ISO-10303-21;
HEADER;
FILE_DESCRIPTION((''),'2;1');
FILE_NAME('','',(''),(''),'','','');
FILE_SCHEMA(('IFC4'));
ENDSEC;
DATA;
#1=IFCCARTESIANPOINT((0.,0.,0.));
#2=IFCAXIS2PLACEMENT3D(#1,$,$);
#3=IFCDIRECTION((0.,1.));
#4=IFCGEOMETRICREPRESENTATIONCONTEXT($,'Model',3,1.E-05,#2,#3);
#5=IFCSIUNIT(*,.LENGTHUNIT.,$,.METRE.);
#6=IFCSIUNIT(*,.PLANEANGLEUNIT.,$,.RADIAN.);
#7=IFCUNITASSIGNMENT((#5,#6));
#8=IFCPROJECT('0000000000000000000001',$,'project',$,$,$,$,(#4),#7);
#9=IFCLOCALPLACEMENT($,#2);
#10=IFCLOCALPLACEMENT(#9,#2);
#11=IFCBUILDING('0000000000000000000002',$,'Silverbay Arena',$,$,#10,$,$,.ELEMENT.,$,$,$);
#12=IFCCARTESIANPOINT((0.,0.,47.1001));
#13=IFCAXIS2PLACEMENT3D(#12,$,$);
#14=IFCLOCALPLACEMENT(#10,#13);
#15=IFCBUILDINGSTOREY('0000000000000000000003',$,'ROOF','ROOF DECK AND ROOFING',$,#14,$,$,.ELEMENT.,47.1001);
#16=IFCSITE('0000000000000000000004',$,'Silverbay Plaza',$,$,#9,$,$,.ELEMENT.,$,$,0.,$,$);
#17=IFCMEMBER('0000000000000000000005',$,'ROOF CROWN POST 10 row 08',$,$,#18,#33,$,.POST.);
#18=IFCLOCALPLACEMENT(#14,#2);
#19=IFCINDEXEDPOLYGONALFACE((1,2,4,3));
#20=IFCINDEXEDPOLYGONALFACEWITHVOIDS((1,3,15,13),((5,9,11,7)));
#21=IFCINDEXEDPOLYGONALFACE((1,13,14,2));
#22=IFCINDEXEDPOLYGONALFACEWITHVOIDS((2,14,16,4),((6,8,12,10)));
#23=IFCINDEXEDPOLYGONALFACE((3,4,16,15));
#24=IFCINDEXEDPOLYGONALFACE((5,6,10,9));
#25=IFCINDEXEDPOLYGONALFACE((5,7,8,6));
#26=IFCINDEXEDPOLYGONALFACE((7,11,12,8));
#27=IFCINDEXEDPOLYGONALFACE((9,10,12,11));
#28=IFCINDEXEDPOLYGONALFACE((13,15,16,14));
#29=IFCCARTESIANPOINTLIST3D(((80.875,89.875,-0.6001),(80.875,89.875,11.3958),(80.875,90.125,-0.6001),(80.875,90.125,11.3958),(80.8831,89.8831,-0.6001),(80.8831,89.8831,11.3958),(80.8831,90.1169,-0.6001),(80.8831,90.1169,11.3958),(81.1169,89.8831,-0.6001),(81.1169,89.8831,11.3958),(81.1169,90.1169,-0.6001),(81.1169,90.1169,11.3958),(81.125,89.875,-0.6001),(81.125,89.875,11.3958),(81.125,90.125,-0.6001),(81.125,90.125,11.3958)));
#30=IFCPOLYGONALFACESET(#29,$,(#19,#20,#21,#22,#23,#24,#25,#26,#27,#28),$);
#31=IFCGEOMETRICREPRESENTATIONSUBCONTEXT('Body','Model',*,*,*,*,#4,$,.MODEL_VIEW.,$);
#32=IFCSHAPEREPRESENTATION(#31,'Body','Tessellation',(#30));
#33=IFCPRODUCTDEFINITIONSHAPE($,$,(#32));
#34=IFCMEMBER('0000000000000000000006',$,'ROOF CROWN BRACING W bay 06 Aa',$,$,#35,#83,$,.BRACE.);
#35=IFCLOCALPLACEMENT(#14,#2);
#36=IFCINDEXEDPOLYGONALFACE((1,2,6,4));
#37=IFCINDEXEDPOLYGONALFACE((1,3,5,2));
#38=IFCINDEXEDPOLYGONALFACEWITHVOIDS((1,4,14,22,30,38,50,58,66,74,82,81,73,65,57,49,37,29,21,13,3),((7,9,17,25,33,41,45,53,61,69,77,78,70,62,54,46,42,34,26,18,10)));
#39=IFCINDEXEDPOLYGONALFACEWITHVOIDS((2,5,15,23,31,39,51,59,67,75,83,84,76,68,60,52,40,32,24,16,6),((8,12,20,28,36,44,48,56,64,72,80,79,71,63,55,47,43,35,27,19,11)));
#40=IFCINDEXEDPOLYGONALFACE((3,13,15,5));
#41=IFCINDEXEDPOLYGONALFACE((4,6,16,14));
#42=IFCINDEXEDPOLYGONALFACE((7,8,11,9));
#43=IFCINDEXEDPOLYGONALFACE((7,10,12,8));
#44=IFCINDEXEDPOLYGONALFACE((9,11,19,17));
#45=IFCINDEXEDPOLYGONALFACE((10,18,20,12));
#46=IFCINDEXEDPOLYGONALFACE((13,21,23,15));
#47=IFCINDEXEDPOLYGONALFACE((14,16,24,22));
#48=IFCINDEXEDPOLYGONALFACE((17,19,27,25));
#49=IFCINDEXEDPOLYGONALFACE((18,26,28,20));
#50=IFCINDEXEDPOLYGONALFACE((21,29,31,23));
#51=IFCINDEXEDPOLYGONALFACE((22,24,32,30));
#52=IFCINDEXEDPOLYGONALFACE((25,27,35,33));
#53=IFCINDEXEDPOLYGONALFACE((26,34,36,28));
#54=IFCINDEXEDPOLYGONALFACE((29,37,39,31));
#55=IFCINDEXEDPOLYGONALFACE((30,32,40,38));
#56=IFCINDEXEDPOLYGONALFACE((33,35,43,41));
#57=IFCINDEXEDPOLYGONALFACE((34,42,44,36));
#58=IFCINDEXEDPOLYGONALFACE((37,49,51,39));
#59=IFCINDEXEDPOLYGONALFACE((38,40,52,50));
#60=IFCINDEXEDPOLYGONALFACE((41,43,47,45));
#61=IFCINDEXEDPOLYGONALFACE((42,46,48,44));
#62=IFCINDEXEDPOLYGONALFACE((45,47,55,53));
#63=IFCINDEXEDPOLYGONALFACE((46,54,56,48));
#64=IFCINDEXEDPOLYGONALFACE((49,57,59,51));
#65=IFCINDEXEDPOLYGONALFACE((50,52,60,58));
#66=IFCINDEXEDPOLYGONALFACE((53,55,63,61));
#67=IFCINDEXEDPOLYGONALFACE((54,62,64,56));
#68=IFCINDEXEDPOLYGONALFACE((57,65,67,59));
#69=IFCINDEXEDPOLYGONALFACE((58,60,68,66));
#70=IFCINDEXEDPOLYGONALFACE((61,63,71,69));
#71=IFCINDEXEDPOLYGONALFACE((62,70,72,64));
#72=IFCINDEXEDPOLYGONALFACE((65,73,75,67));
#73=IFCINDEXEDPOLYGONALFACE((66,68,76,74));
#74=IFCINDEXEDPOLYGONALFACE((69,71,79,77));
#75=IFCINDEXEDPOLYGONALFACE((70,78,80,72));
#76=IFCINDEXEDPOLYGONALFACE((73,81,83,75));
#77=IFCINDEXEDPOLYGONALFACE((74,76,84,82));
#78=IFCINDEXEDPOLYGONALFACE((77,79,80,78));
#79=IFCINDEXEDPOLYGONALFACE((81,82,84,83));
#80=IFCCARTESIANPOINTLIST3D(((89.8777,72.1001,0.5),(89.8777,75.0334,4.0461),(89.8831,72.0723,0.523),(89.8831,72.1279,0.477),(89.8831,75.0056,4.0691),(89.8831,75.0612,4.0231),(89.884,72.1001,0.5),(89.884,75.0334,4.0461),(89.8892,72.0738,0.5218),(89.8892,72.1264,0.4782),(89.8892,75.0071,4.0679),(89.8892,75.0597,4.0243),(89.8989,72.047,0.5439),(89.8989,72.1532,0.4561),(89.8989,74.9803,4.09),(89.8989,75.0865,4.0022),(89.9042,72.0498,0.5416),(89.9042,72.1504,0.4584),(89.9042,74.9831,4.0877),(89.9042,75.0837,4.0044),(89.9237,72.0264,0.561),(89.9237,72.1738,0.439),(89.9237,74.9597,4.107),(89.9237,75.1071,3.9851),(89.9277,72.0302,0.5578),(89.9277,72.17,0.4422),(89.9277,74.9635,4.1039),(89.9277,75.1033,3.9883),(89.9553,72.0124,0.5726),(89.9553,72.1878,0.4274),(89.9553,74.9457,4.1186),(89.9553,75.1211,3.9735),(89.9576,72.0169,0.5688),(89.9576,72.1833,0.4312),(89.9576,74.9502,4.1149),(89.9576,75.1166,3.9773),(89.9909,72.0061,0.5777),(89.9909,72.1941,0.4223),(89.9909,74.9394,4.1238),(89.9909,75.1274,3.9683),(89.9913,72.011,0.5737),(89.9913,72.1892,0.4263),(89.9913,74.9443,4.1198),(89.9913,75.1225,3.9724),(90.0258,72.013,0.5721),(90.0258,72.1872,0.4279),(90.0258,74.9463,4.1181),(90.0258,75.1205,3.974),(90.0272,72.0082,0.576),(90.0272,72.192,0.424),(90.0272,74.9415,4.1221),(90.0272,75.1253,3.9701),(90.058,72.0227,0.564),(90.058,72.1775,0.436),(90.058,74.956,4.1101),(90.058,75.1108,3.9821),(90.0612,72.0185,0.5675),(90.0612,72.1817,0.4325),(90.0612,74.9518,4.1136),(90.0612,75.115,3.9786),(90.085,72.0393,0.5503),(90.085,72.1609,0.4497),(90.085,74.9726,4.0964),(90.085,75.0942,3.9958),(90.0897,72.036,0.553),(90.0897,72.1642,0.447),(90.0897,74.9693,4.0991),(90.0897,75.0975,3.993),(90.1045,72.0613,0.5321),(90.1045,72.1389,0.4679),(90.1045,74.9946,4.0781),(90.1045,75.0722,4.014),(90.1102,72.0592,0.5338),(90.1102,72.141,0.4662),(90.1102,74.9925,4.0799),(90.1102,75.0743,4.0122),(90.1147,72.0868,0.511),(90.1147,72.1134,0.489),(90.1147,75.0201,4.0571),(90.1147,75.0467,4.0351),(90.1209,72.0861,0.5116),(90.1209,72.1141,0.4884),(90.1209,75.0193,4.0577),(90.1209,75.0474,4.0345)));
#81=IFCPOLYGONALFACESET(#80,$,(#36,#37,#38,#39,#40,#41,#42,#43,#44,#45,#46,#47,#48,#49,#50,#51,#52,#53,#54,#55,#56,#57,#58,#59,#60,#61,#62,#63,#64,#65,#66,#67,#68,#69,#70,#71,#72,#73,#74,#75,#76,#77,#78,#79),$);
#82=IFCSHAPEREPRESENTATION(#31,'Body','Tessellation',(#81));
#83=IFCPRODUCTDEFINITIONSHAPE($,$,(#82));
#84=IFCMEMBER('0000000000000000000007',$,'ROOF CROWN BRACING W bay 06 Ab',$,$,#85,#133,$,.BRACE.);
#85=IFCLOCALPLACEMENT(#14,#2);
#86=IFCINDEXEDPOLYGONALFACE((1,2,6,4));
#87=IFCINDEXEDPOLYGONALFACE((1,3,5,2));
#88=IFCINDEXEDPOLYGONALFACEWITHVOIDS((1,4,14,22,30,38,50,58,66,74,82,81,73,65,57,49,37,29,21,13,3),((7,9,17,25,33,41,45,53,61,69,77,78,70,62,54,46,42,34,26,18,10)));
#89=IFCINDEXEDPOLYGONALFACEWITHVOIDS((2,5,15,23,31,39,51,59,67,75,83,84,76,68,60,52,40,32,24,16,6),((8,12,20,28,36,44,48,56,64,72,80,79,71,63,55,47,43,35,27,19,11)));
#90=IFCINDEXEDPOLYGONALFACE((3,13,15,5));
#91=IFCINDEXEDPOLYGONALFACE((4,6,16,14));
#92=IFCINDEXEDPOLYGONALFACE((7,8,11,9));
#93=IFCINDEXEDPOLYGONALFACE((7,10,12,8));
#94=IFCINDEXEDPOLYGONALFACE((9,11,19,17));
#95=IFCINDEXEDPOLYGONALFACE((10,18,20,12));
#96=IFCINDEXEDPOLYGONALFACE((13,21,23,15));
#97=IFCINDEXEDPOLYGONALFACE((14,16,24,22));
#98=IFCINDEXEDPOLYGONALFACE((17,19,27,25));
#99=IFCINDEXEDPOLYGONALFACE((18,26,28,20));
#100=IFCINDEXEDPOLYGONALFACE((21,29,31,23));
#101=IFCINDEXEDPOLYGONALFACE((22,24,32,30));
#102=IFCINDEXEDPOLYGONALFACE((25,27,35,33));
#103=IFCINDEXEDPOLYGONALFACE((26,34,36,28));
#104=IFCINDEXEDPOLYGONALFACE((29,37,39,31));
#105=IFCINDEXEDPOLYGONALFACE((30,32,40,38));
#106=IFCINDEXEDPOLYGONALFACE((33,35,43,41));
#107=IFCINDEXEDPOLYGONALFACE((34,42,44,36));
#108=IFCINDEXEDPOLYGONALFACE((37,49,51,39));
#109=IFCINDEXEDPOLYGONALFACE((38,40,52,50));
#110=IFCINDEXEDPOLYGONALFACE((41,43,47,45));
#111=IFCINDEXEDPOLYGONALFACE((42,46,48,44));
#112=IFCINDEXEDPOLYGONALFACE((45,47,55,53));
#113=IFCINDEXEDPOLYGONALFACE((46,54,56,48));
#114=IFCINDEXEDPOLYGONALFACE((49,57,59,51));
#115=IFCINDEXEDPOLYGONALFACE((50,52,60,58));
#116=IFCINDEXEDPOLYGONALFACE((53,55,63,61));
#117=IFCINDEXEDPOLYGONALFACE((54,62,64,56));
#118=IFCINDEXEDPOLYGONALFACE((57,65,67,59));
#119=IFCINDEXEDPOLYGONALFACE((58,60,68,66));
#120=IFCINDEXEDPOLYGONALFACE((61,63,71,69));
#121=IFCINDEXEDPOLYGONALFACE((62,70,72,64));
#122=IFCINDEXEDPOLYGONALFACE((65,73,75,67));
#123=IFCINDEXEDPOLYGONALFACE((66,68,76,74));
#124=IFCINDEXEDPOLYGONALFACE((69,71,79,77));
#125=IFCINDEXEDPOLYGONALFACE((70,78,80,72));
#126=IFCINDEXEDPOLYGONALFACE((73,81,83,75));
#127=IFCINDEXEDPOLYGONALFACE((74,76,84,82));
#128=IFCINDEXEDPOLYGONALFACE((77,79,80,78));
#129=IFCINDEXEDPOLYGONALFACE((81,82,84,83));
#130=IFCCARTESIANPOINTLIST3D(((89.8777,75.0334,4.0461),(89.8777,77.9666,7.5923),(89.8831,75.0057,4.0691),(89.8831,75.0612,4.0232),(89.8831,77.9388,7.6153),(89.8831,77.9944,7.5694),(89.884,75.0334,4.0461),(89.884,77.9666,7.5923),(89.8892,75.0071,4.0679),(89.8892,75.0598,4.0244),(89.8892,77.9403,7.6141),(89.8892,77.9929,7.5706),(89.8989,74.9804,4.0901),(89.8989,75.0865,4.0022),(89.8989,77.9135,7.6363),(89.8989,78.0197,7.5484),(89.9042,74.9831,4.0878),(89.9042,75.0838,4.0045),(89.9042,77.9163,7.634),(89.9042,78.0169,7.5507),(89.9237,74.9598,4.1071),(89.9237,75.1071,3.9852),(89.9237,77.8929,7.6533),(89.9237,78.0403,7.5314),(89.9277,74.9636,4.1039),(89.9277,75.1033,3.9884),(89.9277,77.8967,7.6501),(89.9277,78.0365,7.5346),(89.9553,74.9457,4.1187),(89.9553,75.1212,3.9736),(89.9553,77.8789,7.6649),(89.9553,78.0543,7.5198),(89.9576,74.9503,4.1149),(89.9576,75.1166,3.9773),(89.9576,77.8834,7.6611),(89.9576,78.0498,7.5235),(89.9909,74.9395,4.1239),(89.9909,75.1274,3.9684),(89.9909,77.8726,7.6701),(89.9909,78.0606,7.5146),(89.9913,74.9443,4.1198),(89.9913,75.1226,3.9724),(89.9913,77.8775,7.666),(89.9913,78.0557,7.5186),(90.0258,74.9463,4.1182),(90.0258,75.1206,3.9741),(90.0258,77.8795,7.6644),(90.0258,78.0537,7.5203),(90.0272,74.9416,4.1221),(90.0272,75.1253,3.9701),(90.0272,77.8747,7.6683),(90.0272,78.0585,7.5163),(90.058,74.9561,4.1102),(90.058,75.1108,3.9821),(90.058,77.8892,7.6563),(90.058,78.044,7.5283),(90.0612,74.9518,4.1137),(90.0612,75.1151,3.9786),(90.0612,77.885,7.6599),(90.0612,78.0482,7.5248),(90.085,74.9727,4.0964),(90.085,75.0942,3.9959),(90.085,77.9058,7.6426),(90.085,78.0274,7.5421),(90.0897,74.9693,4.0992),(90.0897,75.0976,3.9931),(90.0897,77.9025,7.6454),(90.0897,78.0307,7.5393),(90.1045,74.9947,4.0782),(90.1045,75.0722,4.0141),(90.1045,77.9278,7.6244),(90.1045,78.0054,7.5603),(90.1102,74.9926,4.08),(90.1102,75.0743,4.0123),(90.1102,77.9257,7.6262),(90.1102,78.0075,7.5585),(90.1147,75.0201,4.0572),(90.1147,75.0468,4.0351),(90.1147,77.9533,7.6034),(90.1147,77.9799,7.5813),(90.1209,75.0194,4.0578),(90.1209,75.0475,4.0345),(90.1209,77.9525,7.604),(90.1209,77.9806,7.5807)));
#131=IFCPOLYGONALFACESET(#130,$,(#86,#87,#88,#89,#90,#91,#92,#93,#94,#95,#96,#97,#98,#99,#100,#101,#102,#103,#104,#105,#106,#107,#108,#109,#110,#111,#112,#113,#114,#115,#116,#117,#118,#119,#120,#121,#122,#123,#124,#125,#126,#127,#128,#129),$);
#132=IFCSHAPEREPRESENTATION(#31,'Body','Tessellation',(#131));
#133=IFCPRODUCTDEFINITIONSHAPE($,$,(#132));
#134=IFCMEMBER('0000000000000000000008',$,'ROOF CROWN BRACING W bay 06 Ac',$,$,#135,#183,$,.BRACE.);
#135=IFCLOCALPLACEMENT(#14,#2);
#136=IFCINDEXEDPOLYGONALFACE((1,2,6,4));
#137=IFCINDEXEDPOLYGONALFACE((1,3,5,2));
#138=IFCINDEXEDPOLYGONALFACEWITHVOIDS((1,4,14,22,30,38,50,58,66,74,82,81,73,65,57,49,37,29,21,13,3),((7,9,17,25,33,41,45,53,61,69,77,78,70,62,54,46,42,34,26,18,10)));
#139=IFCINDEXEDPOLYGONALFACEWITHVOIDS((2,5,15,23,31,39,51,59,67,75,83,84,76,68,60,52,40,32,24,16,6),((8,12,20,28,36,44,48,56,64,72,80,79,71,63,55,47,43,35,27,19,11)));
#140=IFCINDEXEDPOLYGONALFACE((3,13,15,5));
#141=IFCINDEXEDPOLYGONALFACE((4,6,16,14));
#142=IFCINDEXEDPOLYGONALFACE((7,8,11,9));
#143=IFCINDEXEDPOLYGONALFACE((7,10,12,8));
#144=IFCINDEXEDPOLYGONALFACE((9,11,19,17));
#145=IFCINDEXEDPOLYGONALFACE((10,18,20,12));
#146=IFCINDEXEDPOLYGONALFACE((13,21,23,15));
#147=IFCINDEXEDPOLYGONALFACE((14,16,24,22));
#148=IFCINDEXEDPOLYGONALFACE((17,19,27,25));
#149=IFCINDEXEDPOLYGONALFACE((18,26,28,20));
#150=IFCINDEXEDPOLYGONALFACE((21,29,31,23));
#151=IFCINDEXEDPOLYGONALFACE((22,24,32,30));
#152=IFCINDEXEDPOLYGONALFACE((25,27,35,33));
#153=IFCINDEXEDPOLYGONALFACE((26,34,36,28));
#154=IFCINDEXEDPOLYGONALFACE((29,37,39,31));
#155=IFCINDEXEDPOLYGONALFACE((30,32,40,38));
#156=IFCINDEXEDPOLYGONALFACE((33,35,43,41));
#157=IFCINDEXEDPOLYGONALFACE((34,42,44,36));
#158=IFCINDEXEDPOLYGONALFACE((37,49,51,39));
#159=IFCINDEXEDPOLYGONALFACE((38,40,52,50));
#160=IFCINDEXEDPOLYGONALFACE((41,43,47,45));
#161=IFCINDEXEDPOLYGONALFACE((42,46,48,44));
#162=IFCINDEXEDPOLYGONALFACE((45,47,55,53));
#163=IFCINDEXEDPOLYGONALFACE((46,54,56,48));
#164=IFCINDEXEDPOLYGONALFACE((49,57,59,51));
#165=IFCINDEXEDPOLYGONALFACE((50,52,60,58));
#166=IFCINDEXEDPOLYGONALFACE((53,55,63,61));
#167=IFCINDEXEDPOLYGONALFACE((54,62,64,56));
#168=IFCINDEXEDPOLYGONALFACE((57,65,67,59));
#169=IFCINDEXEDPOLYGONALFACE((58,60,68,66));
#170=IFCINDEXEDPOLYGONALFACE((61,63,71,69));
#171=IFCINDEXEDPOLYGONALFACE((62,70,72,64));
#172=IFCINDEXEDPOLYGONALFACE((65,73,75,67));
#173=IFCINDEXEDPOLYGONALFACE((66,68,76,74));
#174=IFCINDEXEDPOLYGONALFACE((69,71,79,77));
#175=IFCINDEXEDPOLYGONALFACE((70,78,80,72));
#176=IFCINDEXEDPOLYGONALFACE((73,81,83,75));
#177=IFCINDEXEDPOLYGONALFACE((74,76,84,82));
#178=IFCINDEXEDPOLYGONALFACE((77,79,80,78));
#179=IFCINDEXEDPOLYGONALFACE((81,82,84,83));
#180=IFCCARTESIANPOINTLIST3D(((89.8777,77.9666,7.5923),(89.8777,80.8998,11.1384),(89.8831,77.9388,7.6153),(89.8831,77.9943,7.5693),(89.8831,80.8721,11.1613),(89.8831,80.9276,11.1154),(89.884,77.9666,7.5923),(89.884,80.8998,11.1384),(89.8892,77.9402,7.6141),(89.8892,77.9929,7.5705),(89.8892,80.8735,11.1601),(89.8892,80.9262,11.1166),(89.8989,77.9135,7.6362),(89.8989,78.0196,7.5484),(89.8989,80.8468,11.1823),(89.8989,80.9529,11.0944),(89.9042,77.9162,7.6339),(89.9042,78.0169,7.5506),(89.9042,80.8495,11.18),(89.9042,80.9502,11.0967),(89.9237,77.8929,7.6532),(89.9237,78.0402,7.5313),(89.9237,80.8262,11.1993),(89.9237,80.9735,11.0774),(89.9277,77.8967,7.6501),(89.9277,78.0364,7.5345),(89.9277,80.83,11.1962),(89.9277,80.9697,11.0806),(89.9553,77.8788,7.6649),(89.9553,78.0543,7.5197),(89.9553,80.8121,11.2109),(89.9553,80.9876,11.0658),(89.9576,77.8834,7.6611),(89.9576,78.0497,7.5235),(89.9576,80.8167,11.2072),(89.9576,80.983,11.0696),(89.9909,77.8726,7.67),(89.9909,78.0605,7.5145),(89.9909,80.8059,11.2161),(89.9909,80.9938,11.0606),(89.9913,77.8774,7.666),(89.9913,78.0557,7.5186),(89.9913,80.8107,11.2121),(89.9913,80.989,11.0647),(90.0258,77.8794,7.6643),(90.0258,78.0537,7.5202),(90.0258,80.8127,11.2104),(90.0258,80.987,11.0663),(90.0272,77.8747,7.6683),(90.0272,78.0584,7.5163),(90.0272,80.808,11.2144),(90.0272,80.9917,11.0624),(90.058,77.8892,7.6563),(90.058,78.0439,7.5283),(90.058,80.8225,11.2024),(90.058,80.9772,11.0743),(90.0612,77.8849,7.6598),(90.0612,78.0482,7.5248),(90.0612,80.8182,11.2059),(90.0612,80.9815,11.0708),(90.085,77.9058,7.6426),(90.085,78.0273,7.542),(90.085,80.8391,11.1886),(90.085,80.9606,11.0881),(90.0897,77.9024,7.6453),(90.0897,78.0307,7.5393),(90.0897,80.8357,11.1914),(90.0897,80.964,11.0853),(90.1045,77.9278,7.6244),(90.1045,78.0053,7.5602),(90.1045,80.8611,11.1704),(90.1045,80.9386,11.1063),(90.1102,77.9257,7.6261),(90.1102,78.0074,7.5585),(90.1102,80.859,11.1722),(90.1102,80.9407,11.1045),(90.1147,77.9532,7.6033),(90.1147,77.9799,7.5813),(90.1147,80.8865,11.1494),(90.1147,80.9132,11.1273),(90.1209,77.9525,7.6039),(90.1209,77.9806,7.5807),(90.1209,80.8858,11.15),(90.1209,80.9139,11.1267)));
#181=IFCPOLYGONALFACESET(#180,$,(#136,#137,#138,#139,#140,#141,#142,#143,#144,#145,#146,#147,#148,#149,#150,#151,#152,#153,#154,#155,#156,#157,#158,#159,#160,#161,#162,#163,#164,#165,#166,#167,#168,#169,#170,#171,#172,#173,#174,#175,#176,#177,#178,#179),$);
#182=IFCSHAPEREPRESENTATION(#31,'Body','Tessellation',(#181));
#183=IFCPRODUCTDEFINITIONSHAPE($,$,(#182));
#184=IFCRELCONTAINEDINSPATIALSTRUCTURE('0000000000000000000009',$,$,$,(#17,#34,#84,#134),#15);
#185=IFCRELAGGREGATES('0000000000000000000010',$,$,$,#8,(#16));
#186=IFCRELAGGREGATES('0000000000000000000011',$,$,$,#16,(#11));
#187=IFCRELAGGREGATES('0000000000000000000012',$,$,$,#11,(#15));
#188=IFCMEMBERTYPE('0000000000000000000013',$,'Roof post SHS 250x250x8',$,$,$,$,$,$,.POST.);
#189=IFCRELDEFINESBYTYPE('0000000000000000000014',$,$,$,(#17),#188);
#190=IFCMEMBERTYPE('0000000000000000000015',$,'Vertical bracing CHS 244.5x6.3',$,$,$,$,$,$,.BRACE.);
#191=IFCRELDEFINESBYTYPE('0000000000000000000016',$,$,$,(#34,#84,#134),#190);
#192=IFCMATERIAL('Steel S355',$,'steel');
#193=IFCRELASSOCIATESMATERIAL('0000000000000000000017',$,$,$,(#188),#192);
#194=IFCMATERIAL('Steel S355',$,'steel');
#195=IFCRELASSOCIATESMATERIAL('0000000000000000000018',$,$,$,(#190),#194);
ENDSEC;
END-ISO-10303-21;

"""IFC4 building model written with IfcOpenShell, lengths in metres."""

from ifc_helpers import new_model, si_unit, direction, frame, origin, origin_2d, place, context, subcontext, project, spatial, hollow_rectangle, hollow_circle, extrude, material, material_profile, profile_set, type_object, element, save


model = new_model("IFC4")

# Units and contexts
model_context = context("Model", 3, precision=1e-05, world=origin(), true_north=direction((0.0, 1.0)))
body_context = subcontext(model_context, "Body", "Model", "MODEL_VIEW")
ifc_project = project(units=[si_unit("LENGTHUNIT", "METRE"), si_unit("PLANEANGLEUNIT", "RADIAN")], contexts=[model_context])

# Site, building, storey
site_placement = place(None, origin())
site = spatial("IfcSite", under=ifc_project, at=site_placement, Name="Silverbay Plaza", CompositionType="ELEMENT", RefElevation=0.0)
building_placement = place(site_placement, origin())
building = spatial("IfcBuilding", under=site, at=building_placement, Name="Silverbay Arena", CompositionType="ELEMENT")
storey_placement = place(building_placement, frame((0.0, 0.0, 47.1001)))
storey = spatial("IfcBuildingStorey", under=building, at=storey_placement, Name="ROOF", Description="ROOF DECK AND ROOFING", CompositionType="ELEMENT", Elevation=47.1001)

# Members
ifc_material_1 = material(Name="Steel S355", Category="steel")
ifc_material_profile_1 = material_profile(ifc_material_1, hollow_rectangle(XDim=0.25, YDim=0.25, WallThickness=0.0081, at=origin_2d()), Name="SHS 250x250x8")
ifc_profile_set_1 = profile_set([ifc_material_profile_1], Name="Steel S355")
member_type_1 = type_object("IfcMemberType", Name="Roof post SHS 250x250x8", PredefinedType="POST", material=ifc_profile_set_1)
member_1_placement = place(storey_placement, frame((81.0, 90.0, -0.6001), z_axis=(0.0, 0.0, 1.0), x_axis=(1.0, 0.0, 0.0)))
element("IfcMember", 1, at=member_1_placement, inside=storey, type_object=member_type_1, Name="ROOF CROWN POST 10 row 08", PredefinedType="POST", context=body_context, shape_type="SweptSolid", body=[
    extrude(hollow_rectangle(XDim=0.25, YDim=0.25, WallThickness=0.0081, at=origin_2d()), origin(), (0.0, 0.0, 1.0), 11.9958),
])
ifc_material_2 = material(Name="Steel S355", Category="steel")
ifc_material_profile_2 = material_profile(ifc_material_2, hollow_circle(Radius=0.1223, WallThickness=0.0063, at=origin_2d()), Name="CHS 244.5x6.3")
ifc_profile_set_2 = profile_set([ifc_material_profile_2], Name="Steel S355")
member_type_2 = type_object("IfcMemberType", Name="Vertical bracing CHS 244.5x6.3", PredefinedType="BRACE", material=ifc_profile_set_2)
for number, where, z_axis, x_axis, name in (
    (2, (90.0, 72.1001, 0.5), (0.0, 0.637389, 0.770543), (-1.0, 0.0, 0.0), "ROOF CROWN BRACING W bay 06 Aa"),
    (3, (90.0, 75.0334, 4.0461), (0.0, 0.637357, 0.770569), (-1.0, 0.0, 0.0), "ROOF CROWN BRACING W bay 06 Ab"),
    (4, (90.0, 77.9666, 7.5923), (0.0, 0.637389, 0.770543), (-1.0, 0.0, 0.0), "ROOF CROWN BRACING W bay 06 Ac"),
):
    element("IfcMember", number, at=place(storey_placement, frame(where, z_axis=z_axis, x_axis=x_axis)), inside=storey, type_object=member_type_2, Name=name, PredefinedType="BRACE", context=body_context, shape_type="SweptSolid", body=[
        extrude(hollow_circle(Radius=0.1223, WallThickness=0.0063, at=origin_2d()), origin(), (0.0, 0.0, 1.0), 4.6021),
    ])

save(model, "model.ifc")
